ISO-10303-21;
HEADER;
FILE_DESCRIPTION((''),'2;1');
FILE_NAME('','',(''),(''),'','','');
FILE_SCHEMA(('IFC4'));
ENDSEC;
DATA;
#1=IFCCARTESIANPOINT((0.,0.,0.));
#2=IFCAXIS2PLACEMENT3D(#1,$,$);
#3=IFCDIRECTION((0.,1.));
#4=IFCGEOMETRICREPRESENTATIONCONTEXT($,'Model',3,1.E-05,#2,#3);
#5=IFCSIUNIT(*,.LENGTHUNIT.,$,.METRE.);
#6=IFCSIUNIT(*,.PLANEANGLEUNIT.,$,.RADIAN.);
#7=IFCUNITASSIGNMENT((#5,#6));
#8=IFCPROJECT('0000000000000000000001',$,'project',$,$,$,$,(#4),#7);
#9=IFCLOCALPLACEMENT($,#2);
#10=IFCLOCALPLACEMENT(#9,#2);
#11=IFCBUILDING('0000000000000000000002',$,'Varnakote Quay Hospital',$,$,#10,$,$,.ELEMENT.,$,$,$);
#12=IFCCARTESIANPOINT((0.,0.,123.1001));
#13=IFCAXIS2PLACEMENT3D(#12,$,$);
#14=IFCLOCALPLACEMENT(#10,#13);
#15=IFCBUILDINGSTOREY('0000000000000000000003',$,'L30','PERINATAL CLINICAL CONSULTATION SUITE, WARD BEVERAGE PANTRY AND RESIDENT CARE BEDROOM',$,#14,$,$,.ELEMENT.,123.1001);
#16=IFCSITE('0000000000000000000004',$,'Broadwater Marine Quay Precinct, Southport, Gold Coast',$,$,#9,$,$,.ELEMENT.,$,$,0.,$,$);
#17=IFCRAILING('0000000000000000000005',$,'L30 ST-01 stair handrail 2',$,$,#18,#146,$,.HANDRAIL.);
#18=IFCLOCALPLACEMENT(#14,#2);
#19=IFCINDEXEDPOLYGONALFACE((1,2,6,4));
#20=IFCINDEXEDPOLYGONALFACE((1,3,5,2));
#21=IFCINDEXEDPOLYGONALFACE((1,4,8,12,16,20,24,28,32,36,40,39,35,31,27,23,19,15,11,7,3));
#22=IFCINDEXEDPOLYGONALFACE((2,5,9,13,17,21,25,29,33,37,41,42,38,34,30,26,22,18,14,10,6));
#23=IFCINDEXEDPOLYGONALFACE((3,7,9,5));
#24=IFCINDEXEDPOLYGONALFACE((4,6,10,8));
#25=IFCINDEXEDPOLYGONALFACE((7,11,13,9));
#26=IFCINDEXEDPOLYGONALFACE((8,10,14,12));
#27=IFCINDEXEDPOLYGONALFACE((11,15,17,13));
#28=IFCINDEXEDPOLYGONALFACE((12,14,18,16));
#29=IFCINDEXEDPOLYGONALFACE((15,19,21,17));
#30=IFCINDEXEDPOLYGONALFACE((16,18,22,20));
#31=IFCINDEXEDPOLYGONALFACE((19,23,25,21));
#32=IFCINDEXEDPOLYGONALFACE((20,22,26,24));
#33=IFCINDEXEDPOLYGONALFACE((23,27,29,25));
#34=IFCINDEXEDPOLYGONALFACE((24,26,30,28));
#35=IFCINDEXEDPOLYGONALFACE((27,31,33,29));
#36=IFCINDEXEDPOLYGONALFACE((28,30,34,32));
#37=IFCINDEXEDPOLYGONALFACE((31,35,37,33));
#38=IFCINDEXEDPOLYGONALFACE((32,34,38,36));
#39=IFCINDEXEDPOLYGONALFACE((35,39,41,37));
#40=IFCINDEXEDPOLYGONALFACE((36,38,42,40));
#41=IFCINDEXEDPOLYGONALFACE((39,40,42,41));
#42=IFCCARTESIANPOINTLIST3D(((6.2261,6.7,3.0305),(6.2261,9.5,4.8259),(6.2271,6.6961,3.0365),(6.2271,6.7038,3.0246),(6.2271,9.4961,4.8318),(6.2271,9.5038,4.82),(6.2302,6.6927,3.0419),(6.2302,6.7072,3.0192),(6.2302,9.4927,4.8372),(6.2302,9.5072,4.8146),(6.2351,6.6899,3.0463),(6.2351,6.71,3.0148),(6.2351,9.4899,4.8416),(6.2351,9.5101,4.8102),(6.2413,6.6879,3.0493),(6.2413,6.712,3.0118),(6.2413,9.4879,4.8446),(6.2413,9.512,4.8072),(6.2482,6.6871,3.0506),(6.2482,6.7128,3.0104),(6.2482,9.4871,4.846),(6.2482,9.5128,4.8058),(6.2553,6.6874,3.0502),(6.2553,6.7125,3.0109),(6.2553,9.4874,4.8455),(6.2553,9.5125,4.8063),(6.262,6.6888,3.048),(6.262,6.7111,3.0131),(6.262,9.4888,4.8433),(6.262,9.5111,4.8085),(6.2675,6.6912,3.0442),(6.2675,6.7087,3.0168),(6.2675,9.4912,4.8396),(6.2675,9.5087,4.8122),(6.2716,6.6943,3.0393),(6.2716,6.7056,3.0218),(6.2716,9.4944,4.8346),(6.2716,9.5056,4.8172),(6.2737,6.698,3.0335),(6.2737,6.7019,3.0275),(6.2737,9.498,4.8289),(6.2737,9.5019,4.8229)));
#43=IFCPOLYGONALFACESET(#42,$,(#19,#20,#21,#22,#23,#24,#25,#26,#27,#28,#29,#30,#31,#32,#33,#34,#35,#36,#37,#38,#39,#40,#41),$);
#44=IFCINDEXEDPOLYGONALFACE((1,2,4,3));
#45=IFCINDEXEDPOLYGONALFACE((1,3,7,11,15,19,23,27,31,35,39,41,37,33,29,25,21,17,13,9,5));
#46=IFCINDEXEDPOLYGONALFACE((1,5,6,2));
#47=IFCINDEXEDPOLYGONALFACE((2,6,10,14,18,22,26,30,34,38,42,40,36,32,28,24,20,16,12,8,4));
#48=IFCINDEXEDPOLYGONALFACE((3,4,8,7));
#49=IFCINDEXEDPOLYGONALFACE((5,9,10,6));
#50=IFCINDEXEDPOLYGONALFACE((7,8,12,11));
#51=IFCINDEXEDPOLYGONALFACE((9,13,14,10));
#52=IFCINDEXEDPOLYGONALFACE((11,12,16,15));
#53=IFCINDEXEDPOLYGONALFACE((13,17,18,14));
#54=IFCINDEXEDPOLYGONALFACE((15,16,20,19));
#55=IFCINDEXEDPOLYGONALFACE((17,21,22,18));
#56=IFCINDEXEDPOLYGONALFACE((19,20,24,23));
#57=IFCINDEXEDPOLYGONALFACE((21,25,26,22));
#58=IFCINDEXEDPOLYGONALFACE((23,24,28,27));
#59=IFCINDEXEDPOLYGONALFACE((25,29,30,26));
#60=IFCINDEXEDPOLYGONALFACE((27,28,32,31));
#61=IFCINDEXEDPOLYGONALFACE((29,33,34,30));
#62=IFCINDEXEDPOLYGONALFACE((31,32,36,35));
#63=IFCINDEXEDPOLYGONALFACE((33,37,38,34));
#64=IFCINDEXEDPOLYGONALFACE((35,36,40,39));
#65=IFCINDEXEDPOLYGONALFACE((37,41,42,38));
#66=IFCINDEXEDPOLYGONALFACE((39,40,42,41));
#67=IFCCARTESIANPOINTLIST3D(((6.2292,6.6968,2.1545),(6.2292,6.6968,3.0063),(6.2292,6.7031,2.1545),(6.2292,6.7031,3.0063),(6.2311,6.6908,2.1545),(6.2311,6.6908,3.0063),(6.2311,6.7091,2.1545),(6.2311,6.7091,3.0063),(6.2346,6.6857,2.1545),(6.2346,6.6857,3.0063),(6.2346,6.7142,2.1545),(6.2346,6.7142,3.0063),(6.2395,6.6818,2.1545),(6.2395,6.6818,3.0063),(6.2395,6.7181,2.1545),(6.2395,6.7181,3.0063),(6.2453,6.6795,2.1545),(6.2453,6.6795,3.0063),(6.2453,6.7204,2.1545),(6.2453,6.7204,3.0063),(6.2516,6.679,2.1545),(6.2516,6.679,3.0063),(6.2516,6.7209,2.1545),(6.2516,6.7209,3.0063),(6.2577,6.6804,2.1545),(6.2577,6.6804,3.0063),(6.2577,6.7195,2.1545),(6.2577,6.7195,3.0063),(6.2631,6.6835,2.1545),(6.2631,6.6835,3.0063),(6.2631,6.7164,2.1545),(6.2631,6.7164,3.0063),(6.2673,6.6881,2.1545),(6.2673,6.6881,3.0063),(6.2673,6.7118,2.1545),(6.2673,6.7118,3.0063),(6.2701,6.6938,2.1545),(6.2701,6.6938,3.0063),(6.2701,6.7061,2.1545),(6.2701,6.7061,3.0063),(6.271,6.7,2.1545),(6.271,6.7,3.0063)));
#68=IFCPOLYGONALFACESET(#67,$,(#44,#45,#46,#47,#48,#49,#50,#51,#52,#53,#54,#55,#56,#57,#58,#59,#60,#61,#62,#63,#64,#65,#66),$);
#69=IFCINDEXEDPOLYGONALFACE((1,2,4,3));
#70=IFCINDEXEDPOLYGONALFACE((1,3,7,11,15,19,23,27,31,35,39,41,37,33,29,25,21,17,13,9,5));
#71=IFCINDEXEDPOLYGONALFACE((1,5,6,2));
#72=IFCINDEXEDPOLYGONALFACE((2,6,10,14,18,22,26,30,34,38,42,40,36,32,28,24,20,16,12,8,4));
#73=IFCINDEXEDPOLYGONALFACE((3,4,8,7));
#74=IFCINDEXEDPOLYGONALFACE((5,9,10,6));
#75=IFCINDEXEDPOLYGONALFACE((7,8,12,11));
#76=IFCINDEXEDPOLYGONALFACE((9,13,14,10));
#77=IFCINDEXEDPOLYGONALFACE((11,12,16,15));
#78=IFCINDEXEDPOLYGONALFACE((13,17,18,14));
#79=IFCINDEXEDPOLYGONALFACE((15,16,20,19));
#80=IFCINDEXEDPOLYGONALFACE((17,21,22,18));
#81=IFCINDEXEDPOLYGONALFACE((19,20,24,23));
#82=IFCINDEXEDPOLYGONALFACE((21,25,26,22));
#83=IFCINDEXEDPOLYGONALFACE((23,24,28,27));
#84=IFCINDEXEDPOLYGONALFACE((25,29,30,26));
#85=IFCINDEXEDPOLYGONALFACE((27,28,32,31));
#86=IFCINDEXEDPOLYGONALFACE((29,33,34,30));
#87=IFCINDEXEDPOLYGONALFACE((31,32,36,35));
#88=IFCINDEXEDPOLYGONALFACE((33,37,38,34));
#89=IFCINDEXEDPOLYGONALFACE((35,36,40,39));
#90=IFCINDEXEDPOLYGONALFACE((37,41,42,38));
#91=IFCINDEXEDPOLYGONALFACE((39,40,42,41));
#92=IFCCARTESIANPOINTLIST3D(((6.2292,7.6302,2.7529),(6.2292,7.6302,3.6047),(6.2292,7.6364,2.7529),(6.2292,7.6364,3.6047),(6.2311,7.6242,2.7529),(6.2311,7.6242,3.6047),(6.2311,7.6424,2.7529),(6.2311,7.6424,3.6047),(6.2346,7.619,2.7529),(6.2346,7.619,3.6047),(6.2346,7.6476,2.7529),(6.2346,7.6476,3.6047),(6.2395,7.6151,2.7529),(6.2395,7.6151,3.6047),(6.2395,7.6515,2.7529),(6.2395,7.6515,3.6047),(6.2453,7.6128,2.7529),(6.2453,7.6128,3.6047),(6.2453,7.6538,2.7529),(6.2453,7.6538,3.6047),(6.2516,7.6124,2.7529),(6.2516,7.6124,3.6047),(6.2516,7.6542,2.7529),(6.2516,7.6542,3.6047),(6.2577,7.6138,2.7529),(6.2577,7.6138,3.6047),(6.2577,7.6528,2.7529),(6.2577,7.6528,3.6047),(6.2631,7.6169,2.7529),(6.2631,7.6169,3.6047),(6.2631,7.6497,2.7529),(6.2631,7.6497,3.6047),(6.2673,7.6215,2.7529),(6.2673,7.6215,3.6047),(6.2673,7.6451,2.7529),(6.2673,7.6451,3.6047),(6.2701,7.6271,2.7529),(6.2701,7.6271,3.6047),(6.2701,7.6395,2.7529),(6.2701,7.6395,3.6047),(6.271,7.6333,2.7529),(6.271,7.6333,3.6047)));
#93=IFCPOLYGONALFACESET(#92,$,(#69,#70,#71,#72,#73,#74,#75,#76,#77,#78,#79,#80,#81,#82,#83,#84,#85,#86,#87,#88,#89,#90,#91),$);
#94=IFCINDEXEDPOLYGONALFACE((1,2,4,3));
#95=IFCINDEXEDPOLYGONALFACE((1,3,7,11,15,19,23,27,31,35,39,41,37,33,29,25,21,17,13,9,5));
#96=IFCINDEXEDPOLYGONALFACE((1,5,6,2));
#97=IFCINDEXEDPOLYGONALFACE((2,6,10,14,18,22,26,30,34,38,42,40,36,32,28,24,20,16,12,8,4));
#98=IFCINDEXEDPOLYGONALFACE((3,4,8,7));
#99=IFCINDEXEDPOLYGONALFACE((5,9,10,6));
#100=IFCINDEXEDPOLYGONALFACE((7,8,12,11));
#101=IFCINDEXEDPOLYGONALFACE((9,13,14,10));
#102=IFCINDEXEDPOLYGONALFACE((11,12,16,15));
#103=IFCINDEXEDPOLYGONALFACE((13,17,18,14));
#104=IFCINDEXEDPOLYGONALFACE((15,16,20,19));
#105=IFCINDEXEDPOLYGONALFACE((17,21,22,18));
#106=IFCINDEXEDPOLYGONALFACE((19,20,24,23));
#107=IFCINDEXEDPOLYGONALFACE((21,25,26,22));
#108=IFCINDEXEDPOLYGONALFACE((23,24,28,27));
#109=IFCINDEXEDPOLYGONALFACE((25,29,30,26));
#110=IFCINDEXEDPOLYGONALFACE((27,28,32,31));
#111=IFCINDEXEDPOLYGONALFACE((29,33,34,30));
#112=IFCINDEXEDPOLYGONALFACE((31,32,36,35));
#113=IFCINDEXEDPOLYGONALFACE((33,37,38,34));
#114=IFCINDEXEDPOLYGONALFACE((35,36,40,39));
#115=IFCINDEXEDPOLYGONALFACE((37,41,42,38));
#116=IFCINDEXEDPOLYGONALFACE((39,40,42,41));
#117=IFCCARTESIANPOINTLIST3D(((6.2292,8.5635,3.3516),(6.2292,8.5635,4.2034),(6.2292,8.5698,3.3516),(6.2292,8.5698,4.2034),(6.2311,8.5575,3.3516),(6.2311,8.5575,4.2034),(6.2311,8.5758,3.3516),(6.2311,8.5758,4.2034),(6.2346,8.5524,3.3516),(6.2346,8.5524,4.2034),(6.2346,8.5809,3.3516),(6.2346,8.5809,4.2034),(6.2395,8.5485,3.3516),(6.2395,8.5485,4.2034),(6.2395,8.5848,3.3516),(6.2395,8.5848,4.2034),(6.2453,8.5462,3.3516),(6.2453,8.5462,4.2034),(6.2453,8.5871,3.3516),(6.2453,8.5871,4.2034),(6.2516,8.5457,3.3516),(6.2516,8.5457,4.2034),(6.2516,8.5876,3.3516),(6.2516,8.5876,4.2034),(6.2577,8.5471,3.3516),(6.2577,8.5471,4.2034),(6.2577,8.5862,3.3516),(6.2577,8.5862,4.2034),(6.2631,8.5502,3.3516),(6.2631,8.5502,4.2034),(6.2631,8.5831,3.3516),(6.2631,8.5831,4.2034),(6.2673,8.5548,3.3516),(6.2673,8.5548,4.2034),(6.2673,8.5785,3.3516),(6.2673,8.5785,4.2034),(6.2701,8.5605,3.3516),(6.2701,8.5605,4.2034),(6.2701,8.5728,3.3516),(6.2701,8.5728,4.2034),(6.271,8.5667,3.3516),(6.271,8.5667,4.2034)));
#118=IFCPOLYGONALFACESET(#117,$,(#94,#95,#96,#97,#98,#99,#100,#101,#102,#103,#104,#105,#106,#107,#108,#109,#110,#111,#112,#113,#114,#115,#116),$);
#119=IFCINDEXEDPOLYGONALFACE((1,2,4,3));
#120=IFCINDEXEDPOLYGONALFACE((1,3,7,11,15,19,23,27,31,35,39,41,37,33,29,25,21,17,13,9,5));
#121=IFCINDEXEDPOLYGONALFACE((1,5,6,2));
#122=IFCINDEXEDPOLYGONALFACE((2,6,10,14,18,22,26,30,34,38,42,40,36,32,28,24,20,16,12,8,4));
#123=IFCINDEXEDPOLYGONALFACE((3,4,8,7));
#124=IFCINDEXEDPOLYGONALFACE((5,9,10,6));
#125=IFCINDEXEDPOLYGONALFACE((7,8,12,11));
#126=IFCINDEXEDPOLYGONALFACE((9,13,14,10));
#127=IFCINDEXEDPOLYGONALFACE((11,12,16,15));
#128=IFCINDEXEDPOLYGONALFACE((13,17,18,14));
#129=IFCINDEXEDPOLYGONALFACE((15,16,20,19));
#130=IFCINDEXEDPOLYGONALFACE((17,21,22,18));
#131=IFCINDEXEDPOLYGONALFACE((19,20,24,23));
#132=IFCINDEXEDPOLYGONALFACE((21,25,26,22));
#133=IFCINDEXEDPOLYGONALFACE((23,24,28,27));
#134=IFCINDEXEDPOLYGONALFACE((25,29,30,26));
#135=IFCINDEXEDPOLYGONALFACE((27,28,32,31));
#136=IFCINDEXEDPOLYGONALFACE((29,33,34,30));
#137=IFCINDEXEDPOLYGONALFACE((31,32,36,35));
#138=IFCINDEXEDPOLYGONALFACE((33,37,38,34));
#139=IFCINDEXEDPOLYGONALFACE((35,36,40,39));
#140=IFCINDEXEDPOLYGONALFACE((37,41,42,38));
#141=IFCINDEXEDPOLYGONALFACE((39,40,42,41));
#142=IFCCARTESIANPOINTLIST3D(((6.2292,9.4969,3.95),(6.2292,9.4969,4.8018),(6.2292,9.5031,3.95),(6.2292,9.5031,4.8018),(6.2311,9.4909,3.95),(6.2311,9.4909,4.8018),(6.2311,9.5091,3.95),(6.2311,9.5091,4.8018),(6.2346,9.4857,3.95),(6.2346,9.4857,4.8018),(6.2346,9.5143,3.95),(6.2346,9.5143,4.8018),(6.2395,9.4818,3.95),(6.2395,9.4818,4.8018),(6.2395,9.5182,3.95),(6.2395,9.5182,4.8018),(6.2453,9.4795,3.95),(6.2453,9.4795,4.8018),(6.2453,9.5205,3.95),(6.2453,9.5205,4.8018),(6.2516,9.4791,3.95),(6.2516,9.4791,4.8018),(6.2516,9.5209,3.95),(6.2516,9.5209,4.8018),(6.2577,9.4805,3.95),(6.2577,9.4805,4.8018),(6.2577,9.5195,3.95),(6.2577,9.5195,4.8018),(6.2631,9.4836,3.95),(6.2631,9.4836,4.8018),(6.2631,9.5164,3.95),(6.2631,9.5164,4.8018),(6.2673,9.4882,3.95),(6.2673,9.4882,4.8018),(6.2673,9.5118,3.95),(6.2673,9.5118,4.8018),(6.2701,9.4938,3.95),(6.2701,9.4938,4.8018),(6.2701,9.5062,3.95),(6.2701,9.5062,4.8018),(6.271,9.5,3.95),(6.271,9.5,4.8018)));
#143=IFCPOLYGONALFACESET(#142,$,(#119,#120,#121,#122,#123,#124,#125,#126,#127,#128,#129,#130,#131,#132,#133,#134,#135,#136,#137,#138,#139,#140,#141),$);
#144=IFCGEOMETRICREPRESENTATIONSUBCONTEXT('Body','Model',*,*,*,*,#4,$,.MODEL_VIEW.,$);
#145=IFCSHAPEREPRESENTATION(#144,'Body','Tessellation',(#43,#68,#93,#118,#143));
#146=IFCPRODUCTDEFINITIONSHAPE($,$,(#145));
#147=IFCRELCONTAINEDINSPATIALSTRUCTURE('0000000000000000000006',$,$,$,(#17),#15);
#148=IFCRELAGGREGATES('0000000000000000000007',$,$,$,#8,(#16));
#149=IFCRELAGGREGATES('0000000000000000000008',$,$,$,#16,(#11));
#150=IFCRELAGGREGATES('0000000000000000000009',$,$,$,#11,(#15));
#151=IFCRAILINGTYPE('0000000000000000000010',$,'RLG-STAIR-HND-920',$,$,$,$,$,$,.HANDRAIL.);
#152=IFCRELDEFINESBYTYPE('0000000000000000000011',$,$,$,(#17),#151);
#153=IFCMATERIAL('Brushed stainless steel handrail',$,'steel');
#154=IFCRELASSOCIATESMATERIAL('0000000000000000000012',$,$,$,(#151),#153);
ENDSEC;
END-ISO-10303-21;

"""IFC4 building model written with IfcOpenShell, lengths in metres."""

from ifc_helpers import new_model, si_unit, direction, frame, origin, origin_2d, place, context, subcontext, project, spatial, circle, extrude, material, type_object, element, save


model = new_model("IFC4")

# Units and contexts
model_context = context("Model", 3, precision=1e-05, world=origin(), true_north=direction((0.0, 1.0)))
body_context = subcontext(model_context, "Body", "Model", "MODEL_VIEW")
ifc_project = project(units=[si_unit("LENGTHUNIT", "METRE"), si_unit("PLANEANGLEUNIT", "RADIAN")], contexts=[model_context])

# Site, building, storey
site_placement = place(None, origin())
site = spatial("IfcSite", under=ifc_project, at=site_placement, Name="Broadwater Marine Quay Precinct, Southport, Gold Coast", CompositionType="ELEMENT", RefElevation=0.0)
building_placement = place(site_placement, origin())
building = spatial("IfcBuilding", under=site, at=building_placement, Name="Varnakote Quay Hospital", CompositionType="ELEMENT")
storey_placement = place(building_placement, frame((0.0, 0.0, 123.1001)))
storey = spatial("IfcBuildingStorey", under=building, at=storey_placement, Name="L30", Description="PERINATAL CLINICAL CONSULTATION SUITE, WARD BEVERAGE PANTRY AND RESIDENT CARE BEDROOM", CompositionType="ELEMENT", Elevation=123.1001)

# Railing
ifc_material_1 = material(Name="Brushed stainless steel handrail", Category="steel")
railing_type_1 = type_object("IfcRailingType", Name="RLG-STAIR-HND-920", PredefinedType="HANDRAIL", material=ifc_material_1)
railing_1_placement = place(storey_placement, frame((6.25, 6.7, 2.1545)))
element("IfcRailing", 1, at=railing_1_placement, inside=storey, type_object=railing_type_1, Name="L30 ST-01 stair handrail 2", PredefinedType="HANDRAIL", context=body_context, shape_type="SweptSolid", body=[
    extrude(circle(Radius=0.0239, at=origin_2d()), frame((0.0, 0.0, 0.876), z_axis=(0.0, 0.84181, 0.539774), x_axis=(-1.0, 0.0, 0.0)), (0.0, 0.0, 1.0), 3.3262),
    extrude(circle(Radius=0.021, at=origin_2d()), origin(), (0.0, 0.0, 1.0), 0.8518),
    extrude(circle(Radius=0.021, at=origin_2d()), frame((0.0, 0.9333, 0.5984)), (0.0, 0.0, 1.0), 0.8518),
    extrude(circle(Radius=0.021, at=origin_2d()), frame((0.0, 1.8667, 1.197)), (0.0, 0.0, 1.0), 0.8518),
    extrude(circle(Radius=0.021, at=origin_2d()), frame((0.0, 2.8, 1.7954)), (0.0, 0.0, 1.0), 0.8518),
])

save(model, "model.ifc")
